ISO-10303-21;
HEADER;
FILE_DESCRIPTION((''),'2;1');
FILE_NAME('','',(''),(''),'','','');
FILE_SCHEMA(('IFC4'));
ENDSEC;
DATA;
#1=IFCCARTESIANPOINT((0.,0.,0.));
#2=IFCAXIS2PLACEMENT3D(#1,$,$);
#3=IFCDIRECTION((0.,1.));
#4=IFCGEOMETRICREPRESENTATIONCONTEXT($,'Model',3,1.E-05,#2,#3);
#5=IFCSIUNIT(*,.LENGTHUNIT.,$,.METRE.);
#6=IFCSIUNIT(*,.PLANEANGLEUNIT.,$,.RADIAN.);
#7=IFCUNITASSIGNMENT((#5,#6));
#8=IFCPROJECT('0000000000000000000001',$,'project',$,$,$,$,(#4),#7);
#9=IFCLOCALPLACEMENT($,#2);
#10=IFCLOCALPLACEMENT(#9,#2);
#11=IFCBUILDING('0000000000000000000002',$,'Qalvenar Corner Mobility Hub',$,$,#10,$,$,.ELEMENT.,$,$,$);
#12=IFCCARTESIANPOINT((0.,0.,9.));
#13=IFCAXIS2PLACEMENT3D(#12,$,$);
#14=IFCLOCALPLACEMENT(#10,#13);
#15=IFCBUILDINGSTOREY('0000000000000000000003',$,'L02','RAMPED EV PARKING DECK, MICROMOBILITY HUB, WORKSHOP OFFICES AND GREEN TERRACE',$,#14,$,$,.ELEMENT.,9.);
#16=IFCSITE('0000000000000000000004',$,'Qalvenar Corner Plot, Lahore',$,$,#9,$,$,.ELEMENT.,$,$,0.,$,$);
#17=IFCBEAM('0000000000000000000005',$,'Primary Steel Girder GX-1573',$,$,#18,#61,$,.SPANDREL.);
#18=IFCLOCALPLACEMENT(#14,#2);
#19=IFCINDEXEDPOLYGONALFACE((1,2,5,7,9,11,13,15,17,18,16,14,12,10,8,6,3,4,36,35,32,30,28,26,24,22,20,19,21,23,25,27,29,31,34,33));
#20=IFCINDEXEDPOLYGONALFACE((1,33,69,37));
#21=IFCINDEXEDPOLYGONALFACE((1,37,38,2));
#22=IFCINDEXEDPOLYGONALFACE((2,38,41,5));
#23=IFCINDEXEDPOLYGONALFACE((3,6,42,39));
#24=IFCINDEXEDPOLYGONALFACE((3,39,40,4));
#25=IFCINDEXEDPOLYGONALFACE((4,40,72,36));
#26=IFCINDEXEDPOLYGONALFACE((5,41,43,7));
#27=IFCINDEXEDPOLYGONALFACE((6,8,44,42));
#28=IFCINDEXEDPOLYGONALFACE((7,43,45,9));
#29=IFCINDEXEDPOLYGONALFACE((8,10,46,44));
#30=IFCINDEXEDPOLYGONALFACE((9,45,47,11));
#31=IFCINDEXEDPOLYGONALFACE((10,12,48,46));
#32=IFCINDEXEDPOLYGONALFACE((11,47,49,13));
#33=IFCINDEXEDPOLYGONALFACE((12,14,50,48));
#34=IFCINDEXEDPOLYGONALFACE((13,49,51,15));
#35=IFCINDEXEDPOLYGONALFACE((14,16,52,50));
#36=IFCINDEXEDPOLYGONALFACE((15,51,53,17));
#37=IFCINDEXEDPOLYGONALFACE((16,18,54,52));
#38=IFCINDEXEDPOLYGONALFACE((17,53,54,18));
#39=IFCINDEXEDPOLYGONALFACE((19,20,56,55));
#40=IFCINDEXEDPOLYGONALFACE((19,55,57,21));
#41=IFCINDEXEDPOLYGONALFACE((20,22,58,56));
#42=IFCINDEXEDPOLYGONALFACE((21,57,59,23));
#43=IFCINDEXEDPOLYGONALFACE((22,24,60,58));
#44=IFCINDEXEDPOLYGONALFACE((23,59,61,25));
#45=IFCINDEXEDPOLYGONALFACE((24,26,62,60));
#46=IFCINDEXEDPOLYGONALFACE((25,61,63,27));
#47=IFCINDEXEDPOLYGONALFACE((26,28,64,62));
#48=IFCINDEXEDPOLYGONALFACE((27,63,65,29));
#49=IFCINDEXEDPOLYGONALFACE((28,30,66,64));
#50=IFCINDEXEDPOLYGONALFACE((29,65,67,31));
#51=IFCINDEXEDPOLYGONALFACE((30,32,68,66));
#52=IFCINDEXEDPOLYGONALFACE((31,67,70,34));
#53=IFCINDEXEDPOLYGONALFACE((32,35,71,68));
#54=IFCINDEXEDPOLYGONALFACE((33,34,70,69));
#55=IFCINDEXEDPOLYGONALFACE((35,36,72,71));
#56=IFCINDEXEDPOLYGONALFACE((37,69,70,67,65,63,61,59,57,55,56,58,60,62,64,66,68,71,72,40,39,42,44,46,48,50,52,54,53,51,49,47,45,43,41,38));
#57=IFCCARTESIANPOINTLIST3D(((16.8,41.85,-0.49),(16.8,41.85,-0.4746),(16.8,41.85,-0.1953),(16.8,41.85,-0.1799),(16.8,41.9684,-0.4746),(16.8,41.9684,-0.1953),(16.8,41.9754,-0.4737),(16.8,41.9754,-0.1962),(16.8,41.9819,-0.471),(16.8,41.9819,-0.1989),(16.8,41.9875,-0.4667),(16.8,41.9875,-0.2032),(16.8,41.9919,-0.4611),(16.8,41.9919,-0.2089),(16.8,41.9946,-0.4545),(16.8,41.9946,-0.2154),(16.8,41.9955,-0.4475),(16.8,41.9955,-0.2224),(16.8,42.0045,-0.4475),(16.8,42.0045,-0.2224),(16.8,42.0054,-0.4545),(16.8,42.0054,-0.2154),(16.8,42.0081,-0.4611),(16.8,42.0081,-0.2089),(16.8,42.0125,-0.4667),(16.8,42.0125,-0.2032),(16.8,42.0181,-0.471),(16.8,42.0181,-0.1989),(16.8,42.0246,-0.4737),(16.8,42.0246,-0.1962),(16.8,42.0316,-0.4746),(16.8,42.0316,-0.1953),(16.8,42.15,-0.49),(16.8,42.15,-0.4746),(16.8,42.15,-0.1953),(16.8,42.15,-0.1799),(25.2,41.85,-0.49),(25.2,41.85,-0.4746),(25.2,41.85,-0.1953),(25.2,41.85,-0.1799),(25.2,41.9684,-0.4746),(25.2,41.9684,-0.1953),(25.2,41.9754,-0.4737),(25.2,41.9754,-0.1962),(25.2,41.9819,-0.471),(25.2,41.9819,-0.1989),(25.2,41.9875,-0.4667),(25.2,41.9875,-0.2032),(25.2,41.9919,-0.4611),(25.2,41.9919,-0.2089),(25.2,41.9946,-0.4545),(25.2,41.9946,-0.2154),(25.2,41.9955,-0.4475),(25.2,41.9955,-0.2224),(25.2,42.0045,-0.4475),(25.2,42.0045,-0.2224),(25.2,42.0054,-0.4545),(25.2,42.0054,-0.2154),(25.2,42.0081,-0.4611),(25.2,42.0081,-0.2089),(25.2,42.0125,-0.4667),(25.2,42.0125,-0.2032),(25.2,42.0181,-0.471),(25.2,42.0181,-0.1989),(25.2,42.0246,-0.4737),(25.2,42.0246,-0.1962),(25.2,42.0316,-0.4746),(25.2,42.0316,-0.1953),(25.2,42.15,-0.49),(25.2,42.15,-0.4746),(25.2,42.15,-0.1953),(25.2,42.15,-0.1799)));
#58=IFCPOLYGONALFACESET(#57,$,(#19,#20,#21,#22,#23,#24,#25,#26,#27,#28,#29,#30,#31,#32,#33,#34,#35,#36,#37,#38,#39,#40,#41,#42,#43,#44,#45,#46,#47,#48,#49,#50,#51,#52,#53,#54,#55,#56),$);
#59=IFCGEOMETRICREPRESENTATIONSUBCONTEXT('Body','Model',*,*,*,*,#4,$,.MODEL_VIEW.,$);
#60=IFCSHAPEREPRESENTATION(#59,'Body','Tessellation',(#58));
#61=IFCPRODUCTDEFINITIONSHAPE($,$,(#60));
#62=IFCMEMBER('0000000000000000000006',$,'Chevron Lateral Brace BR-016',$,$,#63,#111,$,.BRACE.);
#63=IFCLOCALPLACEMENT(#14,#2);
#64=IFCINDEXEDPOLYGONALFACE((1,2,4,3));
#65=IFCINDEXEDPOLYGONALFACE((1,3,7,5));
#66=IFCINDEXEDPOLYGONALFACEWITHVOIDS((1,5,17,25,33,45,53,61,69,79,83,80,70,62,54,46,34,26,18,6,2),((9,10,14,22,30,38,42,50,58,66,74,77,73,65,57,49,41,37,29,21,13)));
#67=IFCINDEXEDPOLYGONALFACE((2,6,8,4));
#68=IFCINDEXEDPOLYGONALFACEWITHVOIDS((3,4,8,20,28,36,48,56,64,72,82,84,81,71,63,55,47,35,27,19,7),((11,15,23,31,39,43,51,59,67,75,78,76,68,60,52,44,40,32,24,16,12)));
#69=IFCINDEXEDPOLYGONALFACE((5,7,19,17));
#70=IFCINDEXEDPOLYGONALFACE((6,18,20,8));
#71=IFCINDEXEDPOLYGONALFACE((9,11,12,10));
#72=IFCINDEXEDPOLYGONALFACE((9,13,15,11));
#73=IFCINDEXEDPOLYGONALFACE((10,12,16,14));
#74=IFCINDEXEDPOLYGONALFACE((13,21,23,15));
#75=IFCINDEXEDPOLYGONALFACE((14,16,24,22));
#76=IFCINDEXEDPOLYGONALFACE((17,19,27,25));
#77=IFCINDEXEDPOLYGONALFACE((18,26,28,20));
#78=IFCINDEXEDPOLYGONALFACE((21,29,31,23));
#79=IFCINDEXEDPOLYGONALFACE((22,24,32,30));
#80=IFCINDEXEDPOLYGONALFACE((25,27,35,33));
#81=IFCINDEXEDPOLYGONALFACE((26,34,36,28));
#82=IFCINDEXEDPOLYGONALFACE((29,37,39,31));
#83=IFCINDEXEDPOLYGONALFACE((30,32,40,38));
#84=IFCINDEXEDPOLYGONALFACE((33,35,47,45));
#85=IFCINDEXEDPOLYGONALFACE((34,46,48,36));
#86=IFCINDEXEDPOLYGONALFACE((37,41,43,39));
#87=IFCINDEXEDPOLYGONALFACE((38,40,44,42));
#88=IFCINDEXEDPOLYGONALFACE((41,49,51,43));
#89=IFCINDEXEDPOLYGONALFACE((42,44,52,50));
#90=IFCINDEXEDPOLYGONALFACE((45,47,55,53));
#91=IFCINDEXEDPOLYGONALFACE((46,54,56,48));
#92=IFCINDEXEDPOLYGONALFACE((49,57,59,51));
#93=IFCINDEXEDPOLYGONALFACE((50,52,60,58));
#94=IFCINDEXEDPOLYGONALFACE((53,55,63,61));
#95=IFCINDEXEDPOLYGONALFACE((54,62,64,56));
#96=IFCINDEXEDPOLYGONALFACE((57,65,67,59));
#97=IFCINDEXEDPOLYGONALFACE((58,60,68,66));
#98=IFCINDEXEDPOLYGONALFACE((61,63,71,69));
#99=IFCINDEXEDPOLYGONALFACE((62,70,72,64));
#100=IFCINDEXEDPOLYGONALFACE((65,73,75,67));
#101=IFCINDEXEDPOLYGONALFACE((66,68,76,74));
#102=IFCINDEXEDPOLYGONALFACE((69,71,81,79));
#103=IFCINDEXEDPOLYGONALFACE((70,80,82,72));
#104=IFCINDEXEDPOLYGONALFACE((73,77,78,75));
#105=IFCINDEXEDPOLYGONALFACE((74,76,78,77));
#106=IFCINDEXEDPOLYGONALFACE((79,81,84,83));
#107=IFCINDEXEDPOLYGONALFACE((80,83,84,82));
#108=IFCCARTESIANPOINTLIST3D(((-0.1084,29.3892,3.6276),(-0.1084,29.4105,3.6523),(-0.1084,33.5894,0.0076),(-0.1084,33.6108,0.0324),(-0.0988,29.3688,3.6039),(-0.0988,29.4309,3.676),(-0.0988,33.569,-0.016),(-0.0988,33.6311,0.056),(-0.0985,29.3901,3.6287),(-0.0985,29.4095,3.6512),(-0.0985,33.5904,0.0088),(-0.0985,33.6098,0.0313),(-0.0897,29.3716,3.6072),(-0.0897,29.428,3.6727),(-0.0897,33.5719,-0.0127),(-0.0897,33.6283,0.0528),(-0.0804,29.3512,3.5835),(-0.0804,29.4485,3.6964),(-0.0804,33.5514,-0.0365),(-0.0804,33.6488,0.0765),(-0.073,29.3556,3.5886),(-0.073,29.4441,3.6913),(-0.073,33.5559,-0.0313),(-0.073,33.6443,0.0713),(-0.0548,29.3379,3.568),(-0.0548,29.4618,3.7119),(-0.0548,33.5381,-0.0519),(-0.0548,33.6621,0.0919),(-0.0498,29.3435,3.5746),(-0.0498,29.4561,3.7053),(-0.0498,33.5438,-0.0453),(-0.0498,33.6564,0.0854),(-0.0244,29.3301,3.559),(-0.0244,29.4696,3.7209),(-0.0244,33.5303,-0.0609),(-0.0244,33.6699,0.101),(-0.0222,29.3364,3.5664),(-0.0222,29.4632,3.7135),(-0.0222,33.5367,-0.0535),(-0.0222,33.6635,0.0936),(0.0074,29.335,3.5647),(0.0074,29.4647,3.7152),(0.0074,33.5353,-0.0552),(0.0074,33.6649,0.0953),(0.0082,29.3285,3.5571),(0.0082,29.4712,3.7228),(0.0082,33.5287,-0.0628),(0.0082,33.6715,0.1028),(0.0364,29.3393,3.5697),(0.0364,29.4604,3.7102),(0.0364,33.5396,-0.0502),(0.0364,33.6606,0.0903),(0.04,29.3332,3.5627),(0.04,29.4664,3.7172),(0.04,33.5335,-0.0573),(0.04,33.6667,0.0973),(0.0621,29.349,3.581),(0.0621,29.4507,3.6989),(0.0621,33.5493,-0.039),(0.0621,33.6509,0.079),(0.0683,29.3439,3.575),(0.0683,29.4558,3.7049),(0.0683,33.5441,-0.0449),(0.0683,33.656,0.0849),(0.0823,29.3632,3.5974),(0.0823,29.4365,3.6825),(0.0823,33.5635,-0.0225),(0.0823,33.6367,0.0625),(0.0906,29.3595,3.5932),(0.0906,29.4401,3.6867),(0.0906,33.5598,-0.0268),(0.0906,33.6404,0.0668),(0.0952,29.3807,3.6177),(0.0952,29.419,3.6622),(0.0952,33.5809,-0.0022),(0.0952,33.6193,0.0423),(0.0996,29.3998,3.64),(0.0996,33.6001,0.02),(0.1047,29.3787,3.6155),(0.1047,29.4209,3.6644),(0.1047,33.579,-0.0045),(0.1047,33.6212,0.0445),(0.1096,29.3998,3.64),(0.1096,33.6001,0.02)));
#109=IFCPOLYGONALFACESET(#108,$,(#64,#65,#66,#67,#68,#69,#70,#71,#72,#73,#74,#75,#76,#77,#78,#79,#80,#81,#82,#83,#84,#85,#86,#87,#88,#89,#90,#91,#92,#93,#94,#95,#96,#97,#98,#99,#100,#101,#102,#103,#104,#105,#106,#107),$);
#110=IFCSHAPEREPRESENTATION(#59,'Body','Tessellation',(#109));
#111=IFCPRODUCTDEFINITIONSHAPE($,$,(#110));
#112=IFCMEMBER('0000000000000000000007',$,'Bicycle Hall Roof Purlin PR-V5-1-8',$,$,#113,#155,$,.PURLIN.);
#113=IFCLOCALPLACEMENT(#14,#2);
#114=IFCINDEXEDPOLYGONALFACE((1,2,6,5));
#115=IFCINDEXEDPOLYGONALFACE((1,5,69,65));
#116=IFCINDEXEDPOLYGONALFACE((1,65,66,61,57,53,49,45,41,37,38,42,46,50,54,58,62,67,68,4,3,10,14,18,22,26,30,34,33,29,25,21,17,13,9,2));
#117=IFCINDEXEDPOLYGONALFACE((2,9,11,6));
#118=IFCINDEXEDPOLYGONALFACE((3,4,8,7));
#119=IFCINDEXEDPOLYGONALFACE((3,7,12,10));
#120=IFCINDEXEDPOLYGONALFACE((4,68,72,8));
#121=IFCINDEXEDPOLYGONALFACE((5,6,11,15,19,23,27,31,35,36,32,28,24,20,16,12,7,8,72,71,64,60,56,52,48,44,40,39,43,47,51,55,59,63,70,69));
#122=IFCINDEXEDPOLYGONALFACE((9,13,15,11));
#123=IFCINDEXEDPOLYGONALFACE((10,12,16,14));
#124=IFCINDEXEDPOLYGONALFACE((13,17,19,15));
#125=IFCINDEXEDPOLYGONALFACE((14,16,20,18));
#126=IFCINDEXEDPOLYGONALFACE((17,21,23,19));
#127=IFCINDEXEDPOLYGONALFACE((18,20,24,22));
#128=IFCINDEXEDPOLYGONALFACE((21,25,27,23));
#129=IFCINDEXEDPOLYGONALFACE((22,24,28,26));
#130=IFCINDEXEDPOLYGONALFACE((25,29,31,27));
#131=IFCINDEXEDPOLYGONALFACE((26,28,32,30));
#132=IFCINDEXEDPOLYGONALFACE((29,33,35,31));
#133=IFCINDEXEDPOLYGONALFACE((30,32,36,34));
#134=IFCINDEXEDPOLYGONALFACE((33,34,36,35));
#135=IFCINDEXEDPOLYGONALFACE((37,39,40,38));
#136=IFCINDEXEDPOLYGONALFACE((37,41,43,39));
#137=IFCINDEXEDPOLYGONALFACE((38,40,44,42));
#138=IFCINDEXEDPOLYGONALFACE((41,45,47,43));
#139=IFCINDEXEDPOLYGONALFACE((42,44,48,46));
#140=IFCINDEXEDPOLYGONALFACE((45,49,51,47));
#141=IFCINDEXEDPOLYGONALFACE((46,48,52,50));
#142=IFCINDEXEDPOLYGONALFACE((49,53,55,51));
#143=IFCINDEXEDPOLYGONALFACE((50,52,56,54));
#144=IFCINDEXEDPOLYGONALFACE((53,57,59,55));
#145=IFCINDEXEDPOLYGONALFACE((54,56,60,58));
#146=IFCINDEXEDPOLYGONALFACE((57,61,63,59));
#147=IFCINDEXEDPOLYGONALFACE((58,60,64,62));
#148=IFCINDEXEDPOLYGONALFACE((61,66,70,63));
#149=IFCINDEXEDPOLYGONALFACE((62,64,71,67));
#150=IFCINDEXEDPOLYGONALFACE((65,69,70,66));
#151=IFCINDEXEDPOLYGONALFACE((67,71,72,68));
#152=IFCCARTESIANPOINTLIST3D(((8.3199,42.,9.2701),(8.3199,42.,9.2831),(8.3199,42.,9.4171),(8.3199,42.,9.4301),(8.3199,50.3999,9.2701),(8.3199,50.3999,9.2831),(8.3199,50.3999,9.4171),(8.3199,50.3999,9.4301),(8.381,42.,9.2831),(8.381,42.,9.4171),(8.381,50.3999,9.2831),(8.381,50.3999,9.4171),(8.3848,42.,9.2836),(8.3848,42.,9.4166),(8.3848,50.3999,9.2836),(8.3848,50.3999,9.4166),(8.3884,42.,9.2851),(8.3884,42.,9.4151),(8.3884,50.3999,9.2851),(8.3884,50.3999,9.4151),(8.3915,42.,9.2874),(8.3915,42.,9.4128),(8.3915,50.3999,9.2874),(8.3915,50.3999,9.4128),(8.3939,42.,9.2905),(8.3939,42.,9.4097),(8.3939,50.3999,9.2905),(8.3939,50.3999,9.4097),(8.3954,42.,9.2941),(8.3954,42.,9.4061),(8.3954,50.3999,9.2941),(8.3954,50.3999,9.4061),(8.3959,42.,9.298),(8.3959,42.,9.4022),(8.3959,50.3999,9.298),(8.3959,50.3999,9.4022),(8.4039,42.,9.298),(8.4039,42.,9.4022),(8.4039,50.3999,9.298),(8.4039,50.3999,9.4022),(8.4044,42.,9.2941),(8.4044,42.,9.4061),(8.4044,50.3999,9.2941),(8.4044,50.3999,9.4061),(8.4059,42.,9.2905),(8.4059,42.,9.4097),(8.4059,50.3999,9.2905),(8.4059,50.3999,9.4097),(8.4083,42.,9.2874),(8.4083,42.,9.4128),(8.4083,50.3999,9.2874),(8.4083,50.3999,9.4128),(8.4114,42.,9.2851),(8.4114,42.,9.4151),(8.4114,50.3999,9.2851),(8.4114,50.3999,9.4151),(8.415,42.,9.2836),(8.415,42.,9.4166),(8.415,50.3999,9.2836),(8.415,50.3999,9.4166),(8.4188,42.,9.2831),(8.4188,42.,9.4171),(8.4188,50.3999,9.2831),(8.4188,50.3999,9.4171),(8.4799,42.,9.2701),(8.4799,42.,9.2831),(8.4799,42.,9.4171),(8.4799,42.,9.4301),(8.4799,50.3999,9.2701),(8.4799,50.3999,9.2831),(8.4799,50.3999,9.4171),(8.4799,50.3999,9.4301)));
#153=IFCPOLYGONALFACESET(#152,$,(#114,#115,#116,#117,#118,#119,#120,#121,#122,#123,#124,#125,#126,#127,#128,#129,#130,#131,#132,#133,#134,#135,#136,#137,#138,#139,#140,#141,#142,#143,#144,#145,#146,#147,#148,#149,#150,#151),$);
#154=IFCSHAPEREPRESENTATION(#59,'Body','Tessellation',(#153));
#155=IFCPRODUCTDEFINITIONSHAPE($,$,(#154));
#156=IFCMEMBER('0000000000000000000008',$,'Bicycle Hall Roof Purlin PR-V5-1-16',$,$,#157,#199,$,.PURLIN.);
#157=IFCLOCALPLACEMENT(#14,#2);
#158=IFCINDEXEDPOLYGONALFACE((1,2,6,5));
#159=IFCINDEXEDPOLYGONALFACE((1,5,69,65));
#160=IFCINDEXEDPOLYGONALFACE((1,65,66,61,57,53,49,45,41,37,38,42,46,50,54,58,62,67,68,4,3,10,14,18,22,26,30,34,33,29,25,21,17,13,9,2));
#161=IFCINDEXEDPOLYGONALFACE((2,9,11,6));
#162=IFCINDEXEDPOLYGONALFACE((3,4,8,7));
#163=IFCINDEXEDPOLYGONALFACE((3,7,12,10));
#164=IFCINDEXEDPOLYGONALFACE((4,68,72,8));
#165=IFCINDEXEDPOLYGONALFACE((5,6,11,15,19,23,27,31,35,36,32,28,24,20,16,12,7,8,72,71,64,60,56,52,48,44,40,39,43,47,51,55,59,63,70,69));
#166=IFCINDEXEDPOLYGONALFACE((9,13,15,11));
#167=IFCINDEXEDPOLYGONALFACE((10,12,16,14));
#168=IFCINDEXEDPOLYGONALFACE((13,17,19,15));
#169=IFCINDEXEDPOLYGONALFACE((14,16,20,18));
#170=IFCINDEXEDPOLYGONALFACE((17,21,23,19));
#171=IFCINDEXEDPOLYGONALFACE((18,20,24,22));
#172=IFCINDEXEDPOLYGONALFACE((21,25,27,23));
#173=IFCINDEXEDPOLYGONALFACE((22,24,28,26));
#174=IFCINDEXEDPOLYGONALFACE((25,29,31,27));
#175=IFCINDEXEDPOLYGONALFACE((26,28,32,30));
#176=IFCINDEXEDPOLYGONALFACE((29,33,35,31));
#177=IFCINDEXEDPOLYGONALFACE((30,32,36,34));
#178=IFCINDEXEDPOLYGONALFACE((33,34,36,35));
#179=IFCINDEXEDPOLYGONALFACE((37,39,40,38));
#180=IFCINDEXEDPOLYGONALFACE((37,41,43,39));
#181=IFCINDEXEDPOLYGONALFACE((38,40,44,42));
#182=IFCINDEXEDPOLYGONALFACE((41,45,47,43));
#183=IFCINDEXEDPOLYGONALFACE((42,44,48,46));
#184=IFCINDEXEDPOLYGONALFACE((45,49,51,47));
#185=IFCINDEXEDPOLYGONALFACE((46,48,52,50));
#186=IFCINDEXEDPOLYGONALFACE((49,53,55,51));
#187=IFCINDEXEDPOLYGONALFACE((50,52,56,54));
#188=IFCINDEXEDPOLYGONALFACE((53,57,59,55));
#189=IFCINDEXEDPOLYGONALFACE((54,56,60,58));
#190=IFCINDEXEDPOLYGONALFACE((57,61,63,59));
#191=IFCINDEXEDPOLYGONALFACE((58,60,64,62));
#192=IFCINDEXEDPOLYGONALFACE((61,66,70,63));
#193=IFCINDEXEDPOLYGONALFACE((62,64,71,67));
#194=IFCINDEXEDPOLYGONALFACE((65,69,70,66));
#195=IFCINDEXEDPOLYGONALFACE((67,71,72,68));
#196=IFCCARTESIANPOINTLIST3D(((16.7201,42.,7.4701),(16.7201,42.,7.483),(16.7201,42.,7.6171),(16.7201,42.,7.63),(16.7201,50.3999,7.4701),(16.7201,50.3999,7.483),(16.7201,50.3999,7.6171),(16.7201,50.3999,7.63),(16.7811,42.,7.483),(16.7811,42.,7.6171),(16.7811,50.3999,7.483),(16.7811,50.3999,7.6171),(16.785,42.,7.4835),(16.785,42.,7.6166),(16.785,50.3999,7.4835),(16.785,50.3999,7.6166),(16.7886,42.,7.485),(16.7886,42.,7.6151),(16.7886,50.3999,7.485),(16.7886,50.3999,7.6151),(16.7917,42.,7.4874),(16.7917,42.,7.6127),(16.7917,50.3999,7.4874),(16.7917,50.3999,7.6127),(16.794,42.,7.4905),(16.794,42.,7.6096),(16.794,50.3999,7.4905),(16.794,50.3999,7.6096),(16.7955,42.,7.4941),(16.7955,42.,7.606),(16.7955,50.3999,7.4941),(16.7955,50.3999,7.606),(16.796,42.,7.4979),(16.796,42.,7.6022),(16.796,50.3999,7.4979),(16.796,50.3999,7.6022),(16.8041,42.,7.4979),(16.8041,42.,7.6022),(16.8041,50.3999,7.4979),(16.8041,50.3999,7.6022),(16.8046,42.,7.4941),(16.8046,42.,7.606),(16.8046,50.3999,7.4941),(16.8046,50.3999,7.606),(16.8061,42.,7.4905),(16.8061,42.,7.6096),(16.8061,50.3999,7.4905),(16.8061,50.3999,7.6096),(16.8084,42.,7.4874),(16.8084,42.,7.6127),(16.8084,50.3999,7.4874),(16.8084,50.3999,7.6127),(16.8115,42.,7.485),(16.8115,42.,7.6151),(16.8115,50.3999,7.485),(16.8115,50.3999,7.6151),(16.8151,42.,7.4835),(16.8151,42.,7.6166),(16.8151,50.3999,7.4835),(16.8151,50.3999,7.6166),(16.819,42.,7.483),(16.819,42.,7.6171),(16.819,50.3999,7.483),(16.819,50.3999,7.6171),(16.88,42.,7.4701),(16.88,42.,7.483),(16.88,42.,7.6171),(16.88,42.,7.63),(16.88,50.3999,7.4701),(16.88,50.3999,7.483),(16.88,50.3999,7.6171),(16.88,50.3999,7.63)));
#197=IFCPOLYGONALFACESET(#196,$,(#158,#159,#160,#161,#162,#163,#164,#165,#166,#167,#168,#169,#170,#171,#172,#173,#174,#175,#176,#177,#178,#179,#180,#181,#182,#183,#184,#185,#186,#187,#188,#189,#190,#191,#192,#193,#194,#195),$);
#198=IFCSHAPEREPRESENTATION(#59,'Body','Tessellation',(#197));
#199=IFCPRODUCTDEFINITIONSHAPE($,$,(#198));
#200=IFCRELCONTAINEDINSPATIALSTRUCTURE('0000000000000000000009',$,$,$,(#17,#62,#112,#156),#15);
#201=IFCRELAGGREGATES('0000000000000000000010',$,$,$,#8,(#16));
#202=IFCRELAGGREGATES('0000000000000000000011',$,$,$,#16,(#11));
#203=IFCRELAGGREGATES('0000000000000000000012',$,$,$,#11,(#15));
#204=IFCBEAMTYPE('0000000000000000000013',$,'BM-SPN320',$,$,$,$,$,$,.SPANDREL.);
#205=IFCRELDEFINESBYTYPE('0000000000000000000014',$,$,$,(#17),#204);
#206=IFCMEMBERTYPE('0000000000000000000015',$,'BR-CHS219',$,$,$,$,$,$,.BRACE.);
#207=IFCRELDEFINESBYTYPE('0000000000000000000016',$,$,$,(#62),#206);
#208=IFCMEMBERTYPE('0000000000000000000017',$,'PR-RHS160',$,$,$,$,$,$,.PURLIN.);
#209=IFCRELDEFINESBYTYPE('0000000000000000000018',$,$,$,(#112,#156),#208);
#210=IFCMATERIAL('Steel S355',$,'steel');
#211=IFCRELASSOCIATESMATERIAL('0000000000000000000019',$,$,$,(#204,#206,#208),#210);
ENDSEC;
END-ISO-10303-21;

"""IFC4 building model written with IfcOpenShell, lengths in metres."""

from ifc_helpers import new_model, si_unit, direction, frame, origin, origin_2d, place, context, subcontext, project, spatial, hollow_circle, i_section, extrude, material, material_profile, profile_set, type_object, element, save


model = new_model("IFC4")

# Units and contexts
model_context = context("Model", 3, precision=1e-05, world=origin(), true_north=direction((0.0, 1.0)))
body_context = subcontext(model_context, "Body", "Model", "MODEL_VIEW")
ifc_project = project(units=[si_unit("LENGTHUNIT", "METRE"), si_unit("PLANEANGLEUNIT", "RADIAN")], contexts=[model_context])

# Site, building, storey
site_placement = place(None, origin())
site = spatial("IfcSite", under=ifc_project, at=site_placement, Name="Qalvenar Corner Plot, Lahore", CompositionType="ELEMENT", RefElevation=0.0)
building_placement = place(site_placement, origin())
building = spatial("IfcBuilding", under=site, at=building_placement, Name="Qalvenar Corner Mobility Hub", CompositionType="ELEMENT")
storey_placement = place(building_placement, frame((0.0, 0.0, 9.0)))
storey = spatial("IfcBuildingStorey", under=building, at=storey_placement, Name="L02", Description="RAMPED EV PARKING DECK, MICROMOBILITY HUB, WORKSHOP OFFICES AND GREEN TERRACE", CompositionType="ELEMENT", Elevation=9.0)

# Shared definitions
ifc_material_1 = material(Name="Steel S355", Category="steel")

# Beam
ifc_material_profile_1 = material_profile(ifc_material_1, i_section(OverallWidth=0.3, OverallDepth=0.3101, WebThickness=0.009, FlangeThickness=0.0154, FilletRadius=0.0271, at=origin_2d()), Name="HEA320")
ifc_profile_set_1 = profile_set([ifc_material_profile_1], Name="Steel S355")
beam_type_1 = type_object("IfcBeamType", Name="BM-SPN320", PredefinedType="SPANDREL", material=ifc_profile_set_1)
beam_1_placement = place(storey_placement, frame((16.8, 42.0, -0.335), z_axis=(1.0, 0.0, 0.0), x_axis=(0.0, 1.0, 0.0)))
element("IfcBeam", 1, at=beam_1_placement, inside=storey, type_object=beam_type_1, Name="Primary Steel Girder GX-1573", PredefinedType="SPANDREL", context=body_context, shape_type="SweptSolid", body=[
    extrude(i_section(OverallWidth=0.3, OverallDepth=0.3101, WebThickness=0.009, FlangeThickness=0.0154, FilletRadius=0.0271, at=origin_2d()), origin(), (0.0, 0.0, 1.0), 8.3999),
])

# Members
ifc_material_profile_2 = material_profile(ifc_material_1, hollow_circle(Radius=0.1096, WallThickness=0.01, at=origin_2d()), Name="CHS219.1x10")
ifc_profile_set_2 = profile_set([ifc_material_profile_2], Name="Steel S355")
member_type_1 = type_object("IfcMemberType", Name="BR-CHS219", PredefinedType="BRACE", material=ifc_profile_set_2)
member_placement = place(storey_placement, frame((0.0, 33.6001, 0.02), z_axis=(0.0, -0.757498, 0.652838), x_axis=(1.0, 0.0, 0.0)))
element("IfcMember", 2, at=member_placement, inside=storey, type_object=member_type_1, Name="Chevron Lateral Brace BR-016", PredefinedType="BRACE", context=body_context, shape_type="SweptSolid", body=[
    extrude(hollow_circle(Radius=0.1096, WallThickness=0.01, at=origin_2d()), origin(), (0.0, 0.0, 1.0), 5.5449),
])
ifc_material_profile_3 = material_profile(ifc_material_1, i_section(OverallWidth=0.1599, OverallDepth=0.1599, WebThickness=0.0081, FlangeThickness=0.0129, FilletRadius=0.0149, at=origin_2d()), Name="HEB160")
ifc_profile_set_3 = profile_set([ifc_material_profile_3], Name="Steel S355")
member_type_2 = type_object("IfcMemberType", Name="PR-RHS160", PredefinedType="PURLIN", material=ifc_profile_set_3)
for number, where, z_axis, x_axis, name in (
    (3, (8.3999, 42.0, 9.3501), (0.0, 1.0, 0.0), (-1.0, 0.0, 0.0), "Bicycle Hall Roof Purlin PR-V5-1-8"),
    (4, (16.8, 42.0, 7.55), (0.0, 1.0, 0.0), (-1.0, 0.0, 0.0), "Bicycle Hall Roof Purlin PR-V5-1-16"),
):
    element("IfcMember", number, at=place(storey_placement, frame(where, z_axis=z_axis, x_axis=x_axis)), inside=storey, type_object=member_type_2, Name=name, PredefinedType="PURLIN", context=body_context, shape_type="SweptSolid", body=[
        extrude(i_section(OverallWidth=0.1599, OverallDepth=0.1599, WebThickness=0.0081, FlangeThickness=0.0129, FilletRadius=0.0149, at=origin_2d()), origin(), (0.0, 0.0, 1.0), 8.3999),
    ])

save(model, "model.ifc")
